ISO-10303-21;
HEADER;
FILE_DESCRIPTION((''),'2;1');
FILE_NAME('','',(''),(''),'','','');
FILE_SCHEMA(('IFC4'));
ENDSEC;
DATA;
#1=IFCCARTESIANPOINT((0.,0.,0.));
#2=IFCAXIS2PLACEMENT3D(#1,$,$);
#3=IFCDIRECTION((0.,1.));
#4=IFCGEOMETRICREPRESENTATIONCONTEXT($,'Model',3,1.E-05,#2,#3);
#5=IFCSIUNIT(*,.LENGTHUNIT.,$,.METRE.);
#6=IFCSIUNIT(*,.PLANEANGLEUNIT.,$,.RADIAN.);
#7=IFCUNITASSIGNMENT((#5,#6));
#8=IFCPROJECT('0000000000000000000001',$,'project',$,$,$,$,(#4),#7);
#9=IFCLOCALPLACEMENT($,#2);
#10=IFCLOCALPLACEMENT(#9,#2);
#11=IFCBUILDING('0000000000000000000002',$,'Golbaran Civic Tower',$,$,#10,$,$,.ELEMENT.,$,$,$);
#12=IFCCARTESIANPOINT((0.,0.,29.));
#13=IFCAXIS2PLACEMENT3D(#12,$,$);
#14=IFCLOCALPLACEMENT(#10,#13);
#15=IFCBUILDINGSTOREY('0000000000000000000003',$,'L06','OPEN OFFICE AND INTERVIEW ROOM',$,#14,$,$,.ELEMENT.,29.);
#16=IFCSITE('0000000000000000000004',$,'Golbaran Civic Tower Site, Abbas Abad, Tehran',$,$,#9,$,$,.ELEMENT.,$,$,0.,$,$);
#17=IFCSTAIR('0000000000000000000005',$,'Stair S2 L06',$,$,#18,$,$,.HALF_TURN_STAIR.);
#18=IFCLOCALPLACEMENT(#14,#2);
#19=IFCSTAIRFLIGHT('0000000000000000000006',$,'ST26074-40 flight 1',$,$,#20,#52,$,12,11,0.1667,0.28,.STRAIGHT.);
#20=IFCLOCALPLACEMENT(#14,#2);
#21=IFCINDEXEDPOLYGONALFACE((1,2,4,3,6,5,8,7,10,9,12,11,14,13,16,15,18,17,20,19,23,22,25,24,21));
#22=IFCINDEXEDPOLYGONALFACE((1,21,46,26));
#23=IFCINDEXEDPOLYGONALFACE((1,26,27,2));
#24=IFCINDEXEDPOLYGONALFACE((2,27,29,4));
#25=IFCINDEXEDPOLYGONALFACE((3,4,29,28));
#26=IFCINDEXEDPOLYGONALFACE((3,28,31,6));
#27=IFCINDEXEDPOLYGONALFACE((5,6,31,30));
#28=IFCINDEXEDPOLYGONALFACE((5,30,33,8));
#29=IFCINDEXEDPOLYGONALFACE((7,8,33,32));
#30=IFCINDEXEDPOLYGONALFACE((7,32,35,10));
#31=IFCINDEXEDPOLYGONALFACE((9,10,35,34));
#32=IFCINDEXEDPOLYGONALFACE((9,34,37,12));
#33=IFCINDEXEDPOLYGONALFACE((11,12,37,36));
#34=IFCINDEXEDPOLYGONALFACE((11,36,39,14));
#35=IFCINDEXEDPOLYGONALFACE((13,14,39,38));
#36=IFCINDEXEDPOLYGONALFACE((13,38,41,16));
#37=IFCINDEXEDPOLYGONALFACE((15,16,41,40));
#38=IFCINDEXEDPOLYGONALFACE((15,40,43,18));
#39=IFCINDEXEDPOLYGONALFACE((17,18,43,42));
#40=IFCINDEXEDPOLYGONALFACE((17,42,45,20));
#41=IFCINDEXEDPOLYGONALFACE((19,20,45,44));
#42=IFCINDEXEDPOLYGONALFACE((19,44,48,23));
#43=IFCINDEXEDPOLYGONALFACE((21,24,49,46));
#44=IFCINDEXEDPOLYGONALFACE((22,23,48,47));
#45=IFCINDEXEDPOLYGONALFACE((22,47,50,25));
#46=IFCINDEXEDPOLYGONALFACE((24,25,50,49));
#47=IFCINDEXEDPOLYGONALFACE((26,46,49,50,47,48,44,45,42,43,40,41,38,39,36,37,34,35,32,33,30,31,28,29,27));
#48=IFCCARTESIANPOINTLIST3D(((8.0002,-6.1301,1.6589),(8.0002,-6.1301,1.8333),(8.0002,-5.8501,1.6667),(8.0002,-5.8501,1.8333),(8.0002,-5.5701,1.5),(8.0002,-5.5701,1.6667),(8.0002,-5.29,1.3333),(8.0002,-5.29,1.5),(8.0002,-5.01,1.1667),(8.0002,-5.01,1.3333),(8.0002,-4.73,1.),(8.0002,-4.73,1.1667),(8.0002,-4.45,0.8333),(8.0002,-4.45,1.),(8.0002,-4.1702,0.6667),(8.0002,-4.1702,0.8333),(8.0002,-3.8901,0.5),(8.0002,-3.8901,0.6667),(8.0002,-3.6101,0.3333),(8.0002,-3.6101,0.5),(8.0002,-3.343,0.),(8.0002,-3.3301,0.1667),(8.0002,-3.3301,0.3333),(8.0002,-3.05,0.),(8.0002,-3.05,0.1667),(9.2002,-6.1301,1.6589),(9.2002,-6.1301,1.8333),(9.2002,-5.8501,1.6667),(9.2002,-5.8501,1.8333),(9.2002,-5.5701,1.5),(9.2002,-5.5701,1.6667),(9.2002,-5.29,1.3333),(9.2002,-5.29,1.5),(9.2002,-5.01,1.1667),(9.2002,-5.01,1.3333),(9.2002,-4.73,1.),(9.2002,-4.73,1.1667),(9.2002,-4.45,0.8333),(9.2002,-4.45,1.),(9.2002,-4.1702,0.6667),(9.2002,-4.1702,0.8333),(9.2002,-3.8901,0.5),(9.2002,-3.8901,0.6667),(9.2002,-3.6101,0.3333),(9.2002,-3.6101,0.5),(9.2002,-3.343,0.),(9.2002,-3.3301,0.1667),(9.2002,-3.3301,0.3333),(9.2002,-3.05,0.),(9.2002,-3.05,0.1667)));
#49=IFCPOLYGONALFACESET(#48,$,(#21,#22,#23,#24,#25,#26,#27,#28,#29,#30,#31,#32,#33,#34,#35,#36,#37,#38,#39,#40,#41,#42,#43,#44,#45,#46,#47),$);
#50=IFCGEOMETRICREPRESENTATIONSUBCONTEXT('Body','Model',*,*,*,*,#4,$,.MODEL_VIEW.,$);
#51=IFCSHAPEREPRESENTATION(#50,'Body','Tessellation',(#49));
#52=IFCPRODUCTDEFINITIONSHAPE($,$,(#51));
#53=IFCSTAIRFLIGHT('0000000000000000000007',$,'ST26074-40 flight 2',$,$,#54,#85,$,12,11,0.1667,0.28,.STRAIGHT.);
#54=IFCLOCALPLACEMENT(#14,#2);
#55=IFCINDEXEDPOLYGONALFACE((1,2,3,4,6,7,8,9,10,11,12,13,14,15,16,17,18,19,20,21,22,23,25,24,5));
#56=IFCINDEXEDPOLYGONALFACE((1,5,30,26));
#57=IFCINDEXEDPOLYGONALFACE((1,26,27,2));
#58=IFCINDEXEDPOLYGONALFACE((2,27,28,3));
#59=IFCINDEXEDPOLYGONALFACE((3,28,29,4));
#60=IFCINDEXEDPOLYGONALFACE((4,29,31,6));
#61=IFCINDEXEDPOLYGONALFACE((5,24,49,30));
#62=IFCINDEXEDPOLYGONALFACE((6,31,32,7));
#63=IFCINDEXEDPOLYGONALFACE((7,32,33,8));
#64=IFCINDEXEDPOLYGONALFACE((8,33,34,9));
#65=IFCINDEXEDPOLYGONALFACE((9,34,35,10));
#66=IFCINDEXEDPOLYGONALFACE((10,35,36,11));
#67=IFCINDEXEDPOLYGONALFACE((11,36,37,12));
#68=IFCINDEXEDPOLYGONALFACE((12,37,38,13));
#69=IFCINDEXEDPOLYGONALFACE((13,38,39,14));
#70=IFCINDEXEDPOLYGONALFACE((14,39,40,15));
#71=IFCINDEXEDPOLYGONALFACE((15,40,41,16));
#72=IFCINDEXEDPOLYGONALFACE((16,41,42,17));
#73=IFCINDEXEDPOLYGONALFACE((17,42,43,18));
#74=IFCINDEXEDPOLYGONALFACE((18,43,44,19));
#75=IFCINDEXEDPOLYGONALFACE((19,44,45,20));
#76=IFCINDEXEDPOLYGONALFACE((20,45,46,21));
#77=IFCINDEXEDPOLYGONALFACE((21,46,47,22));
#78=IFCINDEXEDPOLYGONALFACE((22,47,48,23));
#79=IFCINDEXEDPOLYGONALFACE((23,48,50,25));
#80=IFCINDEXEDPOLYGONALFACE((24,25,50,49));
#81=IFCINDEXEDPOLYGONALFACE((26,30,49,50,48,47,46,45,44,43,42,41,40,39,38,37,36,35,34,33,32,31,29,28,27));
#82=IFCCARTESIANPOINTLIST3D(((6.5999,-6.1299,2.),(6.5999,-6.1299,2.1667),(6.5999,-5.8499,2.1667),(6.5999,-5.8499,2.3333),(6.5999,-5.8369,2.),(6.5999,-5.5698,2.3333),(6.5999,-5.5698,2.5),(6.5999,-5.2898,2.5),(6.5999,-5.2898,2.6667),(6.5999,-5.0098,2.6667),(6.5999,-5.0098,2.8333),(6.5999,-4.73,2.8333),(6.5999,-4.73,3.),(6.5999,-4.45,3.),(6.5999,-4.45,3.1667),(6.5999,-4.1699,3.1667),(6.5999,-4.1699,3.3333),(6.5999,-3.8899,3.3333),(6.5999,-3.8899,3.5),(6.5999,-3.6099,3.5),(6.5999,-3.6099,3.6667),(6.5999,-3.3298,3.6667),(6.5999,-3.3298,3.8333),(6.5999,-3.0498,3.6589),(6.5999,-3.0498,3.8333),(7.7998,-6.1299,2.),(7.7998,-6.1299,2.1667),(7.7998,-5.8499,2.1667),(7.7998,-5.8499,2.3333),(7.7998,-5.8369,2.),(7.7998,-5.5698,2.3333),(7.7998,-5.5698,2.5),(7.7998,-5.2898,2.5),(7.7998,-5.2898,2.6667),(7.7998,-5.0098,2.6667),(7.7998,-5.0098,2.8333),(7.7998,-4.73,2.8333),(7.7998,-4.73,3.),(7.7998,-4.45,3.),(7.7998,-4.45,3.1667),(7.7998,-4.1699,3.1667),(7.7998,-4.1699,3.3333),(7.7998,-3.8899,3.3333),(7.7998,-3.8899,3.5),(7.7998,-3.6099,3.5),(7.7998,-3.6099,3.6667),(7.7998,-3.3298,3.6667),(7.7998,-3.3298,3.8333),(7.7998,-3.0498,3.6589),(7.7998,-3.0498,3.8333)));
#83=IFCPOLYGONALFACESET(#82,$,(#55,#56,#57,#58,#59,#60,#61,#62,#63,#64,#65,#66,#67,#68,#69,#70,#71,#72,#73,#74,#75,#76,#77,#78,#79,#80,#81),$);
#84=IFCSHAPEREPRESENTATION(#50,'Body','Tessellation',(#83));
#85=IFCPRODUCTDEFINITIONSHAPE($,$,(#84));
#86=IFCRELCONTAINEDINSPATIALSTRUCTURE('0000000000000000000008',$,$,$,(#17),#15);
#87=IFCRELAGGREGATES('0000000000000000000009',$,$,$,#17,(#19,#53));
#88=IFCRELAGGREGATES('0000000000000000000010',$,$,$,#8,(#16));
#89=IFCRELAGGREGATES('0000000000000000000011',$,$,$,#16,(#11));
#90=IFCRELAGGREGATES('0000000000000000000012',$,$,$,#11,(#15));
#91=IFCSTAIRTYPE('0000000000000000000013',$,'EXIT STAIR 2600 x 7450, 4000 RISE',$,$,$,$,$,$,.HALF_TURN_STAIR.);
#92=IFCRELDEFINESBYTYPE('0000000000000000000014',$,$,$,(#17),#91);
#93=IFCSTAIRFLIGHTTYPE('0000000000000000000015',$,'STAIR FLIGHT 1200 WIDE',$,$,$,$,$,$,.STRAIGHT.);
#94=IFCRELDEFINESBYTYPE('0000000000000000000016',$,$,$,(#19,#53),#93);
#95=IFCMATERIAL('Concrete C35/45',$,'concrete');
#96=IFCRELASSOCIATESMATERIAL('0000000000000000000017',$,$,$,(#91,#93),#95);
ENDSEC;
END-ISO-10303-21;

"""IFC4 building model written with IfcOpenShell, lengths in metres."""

from ifc_helpers import new_model, si_unit, direction, frame, origin, place, context, subcontext, project, spatial, polyline, outline, extrude, material, type_object, element, aggregate, save


model = new_model("IFC4")

# Units and contexts
model_context = context("Model", 3, precision=1e-05, world=origin(), true_north=direction((0.0, 1.0)))
body_context = subcontext(model_context, "Body", "Model", "MODEL_VIEW")
ifc_project = project(units=[si_unit("LENGTHUNIT", "METRE"), si_unit("PLANEANGLEUNIT", "RADIAN")], contexts=[model_context])

# Site, building, storey
site_placement = place(None, origin())
site = spatial("IfcSite", under=ifc_project, at=site_placement, Name="Golbaran Civic Tower Site, Abbas Abad, Tehran", CompositionType="ELEMENT", RefElevation=0.0)
building_placement = place(site_placement, origin())
building = spatial("IfcBuilding", under=site, at=building_placement, Name="Golbaran Civic Tower", CompositionType="ELEMENT")
storey_placement = place(building_placement, frame((0.0, 0.0, 29.0)))
storey = spatial("IfcBuildingStorey", under=building, at=storey_placement, Name="L06", Description="OPEN OFFICE AND INTERVIEW ROOM", CompositionType="ELEMENT", Elevation=29.0)

# Stair, stair flights
ifc_material_1 = material(Name="Concrete C35/45", Category="concrete")
stair_type = type_object("IfcStairType", Name="EXIT STAIR 2600 x 7450, 4000 RISE", PredefinedType="HALF_TURN_STAIR", material=ifc_material_1)
stair_placement = place(storey_placement, origin())
stair = element("IfcStair", 1, at=stair_placement, inside=storey, type_object=stair_type, Name="Stair S2 L06", PredefinedType="HALF_TURN_STAIR")
stair_flight_type = type_object("IfcStairFlightType", Name="STAIR FLIGHT 1200 WIDE", PredefinedType="STRAIGHT", material=ifc_material_1)
stair_flight_1_placement = place(storey_placement, frame((8.6001, -3.05, 0.0), z_axis=(0.0, 0.0, 1.0), x_axis=(0.0, -1.0, 0.0)))
stair_flight_1 = element("IfcStairFlight", 2, at=stair_flight_1_placement, type_object=stair_flight_type, Name="ST26074-40 flight 1", NumberOfRisers=12, NumberOfTreads=11, PredefinedType="STRAIGHT", RiserHeight=0.1667, TreadLength=0.28, context=body_context, shape_type="SweptSolid", body=[
    extrude(outline(polyline([(0.0, 0.0), (0.0, 0.1667), (0.28, 0.1667), (0.28, 0.3333), (0.5601, 0.3333), (0.5601, 0.5), (0.8401, 0.5), (0.8401, 0.6667), (1.1201, 0.6667), (1.1201, 0.8333), (1.3999, 0.8333), (1.3999, 1.0), (1.6799, 1.0), (1.6799, 1.1667), (1.96, 1.1667), (1.96, 1.3333), (2.24, 1.3333), (2.24, 1.5), (2.52, 1.5), (2.52, 1.6667), (2.8, 1.6667), (2.8, 1.8333), (3.0801, 1.8333), (3.0801, 2.0), (3.0801, 1.6589), (0.293, 0.0), (0.0, 0.0)])), frame((0.0, 0.6001, 0.0), z_axis=(0.0, -1.0, 0.0), x_axis=(1.0, 0.0, 0.0)), (0.0, 0.0, 1.0), 1.2),
])
stair_flight_2_placement = place(storey_placement, frame((7.2, -6.1299, 2.0), z_axis=(0.0, 0.0, 1.0), x_axis=(0.0, 1.0, 0.0)))
stair_flight_2 = element("IfcStairFlight", 3, at=stair_flight_2_placement, type_object=stair_flight_type, Name="ST26074-40 flight 2", NumberOfRisers=12, NumberOfTreads=11, PredefinedType="STRAIGHT", RiserHeight=0.1667, TreadLength=0.28, context=body_context, shape_type="SweptSolid", body=[
    extrude(outline(polyline([(0.0, 0.0), (0.0, 0.1667), (0.28, 0.1667), (0.28, 0.3333), (0.5601, 0.3333), (0.5601, 0.5), (0.8401, 0.5), (0.8401, 0.6667), (1.1201, 0.6667), (1.1201, 0.8333), (1.3999, 0.8333), (1.3999, 1.0), (1.6799, 1.0), (1.6799, 1.1667), (1.96, 1.1667), (1.96, 1.3333), (2.24, 1.3333), (2.24, 1.5), (2.52, 1.5), (2.52, 1.6667), (2.8, 1.6667), (2.8, 1.8333), (3.0801, 1.8333), (3.0801, 2.0), (3.0801, 1.6589), (0.293, 0.0), (0.0, 0.0)])), frame((0.0, 0.6001, 0.0), z_axis=(0.0, -1.0, 0.0), x_axis=(1.0, 0.0, 0.0)), (0.0, 0.0, 1.0), 1.2),
])
aggregate(stair, [stair_flight_1, stair_flight_2])

save(model, "model.ifc")
